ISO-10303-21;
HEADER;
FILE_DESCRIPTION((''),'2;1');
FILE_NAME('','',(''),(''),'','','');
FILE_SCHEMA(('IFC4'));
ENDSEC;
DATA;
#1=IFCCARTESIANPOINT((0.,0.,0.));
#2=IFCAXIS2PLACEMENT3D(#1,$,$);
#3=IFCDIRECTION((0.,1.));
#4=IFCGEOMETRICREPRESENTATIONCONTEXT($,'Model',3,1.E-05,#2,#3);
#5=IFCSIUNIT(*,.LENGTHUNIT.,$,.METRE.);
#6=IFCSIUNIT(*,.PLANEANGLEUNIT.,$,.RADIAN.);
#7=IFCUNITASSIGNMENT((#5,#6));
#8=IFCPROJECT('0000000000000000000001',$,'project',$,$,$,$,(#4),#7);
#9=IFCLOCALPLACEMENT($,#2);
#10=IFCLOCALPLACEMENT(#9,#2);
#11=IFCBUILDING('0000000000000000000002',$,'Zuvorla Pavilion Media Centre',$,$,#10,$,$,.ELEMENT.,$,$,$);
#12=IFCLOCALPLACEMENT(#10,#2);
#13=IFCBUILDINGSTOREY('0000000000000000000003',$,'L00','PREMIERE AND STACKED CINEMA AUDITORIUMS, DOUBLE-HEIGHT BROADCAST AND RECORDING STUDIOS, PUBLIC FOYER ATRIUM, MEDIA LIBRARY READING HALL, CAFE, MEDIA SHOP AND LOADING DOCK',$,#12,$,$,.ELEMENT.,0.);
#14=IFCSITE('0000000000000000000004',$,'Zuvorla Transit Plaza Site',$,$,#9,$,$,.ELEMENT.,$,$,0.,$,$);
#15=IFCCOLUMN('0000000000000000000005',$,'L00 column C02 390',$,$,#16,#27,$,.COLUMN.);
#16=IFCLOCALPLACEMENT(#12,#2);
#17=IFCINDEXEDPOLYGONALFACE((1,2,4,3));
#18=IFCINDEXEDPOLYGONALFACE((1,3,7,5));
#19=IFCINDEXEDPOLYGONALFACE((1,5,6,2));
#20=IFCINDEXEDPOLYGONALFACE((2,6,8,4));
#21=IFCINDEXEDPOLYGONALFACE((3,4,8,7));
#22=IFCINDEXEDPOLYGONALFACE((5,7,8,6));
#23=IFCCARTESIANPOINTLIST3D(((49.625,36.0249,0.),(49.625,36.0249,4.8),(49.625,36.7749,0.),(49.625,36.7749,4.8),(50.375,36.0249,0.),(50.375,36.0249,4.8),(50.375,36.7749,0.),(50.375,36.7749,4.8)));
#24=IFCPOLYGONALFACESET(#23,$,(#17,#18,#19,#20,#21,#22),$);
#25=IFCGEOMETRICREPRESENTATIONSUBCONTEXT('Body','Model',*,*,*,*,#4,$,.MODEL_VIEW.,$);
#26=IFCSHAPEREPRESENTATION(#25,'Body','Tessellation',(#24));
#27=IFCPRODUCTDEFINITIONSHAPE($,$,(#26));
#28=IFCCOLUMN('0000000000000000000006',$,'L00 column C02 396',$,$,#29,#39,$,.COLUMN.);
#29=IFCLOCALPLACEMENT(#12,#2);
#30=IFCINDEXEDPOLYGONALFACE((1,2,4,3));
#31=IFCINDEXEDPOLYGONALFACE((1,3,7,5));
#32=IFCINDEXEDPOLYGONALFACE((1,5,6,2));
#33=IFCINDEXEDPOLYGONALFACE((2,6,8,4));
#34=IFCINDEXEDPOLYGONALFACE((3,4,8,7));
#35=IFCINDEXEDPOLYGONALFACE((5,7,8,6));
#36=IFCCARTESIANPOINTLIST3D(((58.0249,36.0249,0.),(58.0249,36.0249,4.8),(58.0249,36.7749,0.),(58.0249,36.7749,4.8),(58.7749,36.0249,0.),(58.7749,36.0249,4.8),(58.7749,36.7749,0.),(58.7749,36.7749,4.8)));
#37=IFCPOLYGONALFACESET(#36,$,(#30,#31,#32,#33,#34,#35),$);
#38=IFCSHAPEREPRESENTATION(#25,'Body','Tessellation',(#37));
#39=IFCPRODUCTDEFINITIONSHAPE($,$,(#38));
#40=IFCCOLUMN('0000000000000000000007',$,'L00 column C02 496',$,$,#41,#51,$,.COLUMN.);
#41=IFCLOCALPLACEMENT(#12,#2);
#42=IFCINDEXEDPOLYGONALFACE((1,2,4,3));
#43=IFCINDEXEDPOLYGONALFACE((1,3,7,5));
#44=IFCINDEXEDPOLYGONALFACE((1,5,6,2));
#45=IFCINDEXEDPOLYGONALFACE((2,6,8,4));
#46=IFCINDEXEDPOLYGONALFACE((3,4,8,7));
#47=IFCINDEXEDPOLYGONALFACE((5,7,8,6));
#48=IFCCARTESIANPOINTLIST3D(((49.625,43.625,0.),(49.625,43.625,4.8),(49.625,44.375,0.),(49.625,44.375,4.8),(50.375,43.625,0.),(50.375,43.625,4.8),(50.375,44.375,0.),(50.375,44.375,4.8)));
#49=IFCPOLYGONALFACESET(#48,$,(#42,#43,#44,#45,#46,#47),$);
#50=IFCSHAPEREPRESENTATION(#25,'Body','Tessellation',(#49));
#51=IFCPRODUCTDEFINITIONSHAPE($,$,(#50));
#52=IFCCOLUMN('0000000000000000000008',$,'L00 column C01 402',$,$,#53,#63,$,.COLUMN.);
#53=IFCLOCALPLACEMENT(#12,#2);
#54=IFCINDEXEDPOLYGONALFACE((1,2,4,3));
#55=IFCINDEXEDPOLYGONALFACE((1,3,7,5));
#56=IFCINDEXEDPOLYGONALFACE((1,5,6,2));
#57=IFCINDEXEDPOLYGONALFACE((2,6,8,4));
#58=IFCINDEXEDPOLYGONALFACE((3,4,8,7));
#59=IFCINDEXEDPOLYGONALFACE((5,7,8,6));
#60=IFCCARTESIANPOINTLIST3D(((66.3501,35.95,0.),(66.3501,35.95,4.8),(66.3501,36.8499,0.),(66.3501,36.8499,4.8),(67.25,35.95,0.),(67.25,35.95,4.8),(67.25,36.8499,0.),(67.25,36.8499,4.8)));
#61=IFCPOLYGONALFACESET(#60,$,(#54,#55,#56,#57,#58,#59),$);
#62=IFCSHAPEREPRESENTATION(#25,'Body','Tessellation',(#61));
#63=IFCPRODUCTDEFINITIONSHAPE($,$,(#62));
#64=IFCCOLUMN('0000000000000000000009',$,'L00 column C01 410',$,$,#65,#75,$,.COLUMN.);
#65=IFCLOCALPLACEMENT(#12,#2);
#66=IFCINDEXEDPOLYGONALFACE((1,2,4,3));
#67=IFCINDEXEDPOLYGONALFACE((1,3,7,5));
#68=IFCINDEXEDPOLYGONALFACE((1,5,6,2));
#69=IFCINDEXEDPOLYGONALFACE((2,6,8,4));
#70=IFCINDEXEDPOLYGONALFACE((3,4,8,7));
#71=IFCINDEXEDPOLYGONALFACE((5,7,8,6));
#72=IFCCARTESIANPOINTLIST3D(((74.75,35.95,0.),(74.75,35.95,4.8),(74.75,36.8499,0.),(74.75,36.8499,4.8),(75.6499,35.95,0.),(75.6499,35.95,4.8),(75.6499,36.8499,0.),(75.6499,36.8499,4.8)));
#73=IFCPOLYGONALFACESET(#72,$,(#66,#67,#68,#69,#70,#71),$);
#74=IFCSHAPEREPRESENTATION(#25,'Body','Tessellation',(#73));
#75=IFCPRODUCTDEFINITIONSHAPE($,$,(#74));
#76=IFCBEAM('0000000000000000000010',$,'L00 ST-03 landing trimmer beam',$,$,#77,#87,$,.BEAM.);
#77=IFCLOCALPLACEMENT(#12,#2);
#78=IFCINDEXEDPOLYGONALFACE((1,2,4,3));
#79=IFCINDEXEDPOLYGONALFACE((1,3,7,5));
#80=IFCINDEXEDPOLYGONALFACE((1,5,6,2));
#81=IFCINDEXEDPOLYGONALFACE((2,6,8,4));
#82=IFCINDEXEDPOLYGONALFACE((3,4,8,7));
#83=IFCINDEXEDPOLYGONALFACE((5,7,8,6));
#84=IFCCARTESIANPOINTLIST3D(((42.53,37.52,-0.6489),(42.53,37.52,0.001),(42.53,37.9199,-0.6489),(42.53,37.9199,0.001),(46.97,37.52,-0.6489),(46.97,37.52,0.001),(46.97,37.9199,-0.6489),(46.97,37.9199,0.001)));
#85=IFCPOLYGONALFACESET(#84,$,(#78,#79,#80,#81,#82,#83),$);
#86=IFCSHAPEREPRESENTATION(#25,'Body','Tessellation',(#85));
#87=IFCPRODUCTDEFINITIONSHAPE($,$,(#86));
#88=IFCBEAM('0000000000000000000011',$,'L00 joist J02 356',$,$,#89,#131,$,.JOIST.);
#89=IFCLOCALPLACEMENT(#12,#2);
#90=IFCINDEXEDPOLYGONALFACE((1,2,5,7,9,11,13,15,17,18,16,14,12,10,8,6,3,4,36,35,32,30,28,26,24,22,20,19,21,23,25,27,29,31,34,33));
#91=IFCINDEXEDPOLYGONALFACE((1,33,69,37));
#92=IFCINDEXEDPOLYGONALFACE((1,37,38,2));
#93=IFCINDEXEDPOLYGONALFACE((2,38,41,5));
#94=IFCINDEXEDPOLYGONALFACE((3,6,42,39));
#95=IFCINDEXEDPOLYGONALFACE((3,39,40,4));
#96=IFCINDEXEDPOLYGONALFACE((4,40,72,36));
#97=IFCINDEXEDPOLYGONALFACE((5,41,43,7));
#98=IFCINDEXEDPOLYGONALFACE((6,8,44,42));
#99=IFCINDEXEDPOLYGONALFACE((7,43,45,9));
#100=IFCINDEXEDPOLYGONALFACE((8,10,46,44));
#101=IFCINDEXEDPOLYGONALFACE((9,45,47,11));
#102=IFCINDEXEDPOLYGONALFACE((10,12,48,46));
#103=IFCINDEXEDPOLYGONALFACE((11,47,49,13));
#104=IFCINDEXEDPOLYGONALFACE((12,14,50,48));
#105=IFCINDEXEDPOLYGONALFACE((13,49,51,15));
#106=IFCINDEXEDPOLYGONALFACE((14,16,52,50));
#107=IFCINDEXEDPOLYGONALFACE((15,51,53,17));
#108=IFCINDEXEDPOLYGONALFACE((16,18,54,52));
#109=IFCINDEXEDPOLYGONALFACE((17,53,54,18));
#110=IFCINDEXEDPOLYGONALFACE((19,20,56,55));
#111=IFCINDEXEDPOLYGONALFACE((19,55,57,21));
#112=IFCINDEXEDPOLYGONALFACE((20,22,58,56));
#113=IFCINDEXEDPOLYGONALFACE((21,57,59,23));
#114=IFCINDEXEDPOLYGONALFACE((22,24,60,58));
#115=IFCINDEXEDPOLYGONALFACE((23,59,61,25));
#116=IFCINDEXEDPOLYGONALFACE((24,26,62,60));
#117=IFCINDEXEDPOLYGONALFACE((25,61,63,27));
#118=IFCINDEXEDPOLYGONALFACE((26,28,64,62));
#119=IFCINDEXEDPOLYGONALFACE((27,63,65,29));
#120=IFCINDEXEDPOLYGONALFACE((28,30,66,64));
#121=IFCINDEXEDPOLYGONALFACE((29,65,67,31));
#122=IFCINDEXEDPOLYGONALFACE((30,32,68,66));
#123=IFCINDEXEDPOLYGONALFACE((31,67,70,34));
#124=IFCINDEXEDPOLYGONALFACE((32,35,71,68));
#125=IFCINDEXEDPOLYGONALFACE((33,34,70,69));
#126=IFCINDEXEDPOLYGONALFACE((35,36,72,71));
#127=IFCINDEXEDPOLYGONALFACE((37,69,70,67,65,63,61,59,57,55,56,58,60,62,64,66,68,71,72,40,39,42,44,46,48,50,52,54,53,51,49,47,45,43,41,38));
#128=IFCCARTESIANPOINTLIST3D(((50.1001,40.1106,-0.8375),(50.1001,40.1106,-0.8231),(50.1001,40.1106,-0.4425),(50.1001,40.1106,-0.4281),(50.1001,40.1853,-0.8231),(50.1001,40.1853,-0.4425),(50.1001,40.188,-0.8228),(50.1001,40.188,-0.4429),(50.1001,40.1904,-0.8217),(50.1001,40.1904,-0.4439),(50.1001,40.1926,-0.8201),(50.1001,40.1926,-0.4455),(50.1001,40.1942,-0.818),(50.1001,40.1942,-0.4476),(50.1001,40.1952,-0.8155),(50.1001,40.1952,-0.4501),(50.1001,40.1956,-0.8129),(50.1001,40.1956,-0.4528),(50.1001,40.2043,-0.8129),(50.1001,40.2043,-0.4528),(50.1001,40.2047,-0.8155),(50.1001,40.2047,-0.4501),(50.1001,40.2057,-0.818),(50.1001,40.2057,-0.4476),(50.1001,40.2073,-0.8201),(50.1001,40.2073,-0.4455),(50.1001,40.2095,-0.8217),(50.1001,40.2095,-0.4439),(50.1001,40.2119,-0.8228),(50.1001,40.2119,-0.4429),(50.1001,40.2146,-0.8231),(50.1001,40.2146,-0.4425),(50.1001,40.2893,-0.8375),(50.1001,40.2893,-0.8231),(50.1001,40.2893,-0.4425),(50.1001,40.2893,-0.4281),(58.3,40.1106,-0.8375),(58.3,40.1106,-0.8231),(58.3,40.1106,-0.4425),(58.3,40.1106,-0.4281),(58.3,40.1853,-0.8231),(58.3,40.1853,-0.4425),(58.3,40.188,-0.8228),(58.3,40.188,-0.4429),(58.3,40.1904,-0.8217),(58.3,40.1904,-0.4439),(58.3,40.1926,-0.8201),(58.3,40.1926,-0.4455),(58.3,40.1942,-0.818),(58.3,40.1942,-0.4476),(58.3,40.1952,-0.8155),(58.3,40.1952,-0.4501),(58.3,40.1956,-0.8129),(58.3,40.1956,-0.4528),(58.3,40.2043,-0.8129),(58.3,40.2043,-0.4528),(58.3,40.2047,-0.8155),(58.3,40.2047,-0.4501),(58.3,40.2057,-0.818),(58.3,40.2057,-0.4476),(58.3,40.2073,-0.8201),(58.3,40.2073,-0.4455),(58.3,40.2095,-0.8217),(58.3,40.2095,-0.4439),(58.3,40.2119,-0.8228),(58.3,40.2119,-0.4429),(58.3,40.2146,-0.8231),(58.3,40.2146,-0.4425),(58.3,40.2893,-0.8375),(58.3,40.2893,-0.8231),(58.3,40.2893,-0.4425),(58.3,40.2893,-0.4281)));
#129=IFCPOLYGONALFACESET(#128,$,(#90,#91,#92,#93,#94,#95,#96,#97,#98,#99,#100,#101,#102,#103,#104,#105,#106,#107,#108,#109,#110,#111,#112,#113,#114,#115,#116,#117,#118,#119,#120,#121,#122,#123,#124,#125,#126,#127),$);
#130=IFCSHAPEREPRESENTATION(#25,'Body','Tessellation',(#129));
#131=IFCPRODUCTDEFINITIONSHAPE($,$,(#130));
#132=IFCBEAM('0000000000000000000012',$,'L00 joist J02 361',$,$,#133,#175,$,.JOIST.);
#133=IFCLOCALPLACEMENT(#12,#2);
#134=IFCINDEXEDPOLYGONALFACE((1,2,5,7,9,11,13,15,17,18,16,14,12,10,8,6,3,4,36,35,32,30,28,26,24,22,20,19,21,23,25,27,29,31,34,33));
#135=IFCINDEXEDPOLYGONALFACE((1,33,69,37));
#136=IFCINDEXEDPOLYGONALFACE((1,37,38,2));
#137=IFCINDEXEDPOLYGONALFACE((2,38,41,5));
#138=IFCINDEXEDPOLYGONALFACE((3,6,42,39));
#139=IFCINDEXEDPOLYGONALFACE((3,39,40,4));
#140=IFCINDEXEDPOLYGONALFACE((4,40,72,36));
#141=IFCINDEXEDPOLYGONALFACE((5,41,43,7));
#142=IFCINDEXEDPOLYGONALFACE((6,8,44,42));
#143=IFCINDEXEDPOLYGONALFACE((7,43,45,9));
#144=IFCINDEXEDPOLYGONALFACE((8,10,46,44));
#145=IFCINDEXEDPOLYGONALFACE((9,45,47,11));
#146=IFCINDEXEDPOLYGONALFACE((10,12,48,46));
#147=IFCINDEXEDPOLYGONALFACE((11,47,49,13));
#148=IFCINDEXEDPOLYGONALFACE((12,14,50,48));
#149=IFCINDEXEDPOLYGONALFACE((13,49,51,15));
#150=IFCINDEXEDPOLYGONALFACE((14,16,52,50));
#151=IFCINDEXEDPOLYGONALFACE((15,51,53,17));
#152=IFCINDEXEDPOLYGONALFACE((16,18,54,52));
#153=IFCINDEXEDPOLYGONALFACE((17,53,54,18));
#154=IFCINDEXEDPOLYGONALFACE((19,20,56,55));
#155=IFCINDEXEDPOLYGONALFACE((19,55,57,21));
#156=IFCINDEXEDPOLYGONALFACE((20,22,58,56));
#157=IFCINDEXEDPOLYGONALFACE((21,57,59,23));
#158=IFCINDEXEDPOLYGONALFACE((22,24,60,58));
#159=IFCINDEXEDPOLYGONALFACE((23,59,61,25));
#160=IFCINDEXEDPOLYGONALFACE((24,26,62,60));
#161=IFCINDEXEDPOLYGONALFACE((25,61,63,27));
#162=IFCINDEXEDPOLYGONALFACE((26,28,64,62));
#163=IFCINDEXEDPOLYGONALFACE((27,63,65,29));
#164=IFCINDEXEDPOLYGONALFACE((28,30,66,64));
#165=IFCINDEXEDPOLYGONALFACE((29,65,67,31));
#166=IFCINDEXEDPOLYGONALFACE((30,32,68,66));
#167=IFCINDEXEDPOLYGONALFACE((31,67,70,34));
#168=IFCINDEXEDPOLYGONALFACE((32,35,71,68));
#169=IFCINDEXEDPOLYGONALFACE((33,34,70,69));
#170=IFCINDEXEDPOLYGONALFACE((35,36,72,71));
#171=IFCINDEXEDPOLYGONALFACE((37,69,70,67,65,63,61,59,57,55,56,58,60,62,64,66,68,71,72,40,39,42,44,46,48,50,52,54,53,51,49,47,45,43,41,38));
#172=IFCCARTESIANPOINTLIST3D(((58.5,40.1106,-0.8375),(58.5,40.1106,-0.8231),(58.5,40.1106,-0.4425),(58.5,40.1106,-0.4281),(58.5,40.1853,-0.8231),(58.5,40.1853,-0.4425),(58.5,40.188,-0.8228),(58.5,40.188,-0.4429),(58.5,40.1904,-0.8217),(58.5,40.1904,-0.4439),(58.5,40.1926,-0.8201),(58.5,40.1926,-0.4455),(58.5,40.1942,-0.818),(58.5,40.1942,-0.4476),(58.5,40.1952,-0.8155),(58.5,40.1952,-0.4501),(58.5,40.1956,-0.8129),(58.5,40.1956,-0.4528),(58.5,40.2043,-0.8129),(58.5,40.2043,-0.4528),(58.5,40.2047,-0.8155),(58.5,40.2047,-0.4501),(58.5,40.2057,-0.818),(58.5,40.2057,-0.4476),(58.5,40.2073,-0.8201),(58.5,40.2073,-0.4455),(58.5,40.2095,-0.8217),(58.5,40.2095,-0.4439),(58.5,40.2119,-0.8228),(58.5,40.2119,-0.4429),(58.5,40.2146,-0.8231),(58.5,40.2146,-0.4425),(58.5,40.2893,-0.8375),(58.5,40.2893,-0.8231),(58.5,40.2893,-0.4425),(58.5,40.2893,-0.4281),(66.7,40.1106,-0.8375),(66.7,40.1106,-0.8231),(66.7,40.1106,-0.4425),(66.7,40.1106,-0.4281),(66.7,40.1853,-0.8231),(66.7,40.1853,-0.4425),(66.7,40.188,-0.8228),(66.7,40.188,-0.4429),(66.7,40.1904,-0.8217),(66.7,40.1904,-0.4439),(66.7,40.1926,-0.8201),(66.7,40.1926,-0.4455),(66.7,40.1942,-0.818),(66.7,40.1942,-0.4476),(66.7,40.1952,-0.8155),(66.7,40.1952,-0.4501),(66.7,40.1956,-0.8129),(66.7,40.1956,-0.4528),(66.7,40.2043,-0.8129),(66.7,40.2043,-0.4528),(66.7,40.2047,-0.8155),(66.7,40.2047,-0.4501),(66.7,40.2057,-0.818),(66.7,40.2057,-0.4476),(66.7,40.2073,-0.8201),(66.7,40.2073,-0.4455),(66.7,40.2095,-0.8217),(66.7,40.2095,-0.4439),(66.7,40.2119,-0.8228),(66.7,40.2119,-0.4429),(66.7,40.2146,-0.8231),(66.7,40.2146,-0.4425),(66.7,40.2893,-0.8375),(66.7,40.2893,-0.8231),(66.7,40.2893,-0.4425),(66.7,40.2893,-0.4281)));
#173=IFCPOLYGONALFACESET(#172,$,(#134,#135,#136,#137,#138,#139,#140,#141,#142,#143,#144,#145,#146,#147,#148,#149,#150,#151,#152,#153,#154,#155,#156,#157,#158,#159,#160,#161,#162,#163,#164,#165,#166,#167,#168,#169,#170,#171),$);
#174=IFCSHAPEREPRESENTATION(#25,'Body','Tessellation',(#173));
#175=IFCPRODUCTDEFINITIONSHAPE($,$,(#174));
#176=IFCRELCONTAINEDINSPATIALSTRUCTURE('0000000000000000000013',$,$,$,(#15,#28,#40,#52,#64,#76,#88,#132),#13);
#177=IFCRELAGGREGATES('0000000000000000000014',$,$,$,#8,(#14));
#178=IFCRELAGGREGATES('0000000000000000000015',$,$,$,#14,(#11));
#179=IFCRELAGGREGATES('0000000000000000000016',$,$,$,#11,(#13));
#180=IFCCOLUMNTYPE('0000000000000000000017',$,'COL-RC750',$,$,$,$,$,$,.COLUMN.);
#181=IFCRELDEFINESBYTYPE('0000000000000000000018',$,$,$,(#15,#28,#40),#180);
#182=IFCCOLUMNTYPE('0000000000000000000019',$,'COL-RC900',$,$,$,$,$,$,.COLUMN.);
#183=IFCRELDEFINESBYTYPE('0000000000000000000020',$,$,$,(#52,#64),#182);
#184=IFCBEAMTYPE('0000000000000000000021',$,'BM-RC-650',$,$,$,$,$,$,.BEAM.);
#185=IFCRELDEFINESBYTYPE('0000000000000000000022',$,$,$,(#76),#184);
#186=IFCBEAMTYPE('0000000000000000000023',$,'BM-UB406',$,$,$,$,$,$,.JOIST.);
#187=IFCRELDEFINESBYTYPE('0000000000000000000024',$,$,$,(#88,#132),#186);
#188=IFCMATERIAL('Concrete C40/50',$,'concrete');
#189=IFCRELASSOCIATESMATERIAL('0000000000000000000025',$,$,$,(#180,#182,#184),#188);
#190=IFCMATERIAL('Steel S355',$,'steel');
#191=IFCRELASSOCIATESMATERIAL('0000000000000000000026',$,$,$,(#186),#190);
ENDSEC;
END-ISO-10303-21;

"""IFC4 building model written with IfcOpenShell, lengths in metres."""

from ifc_helpers import new_model, si_unit, direction, frame, origin, origin_2d, place, context, subcontext, project, spatial, rectangle, i_section, extrude, material, material_profile, profile_set, type_object, element, save


model = new_model("IFC4")

# Units and contexts
model_context = context("Model", 3, precision=1e-05, world=origin(), true_north=direction((0.0, 1.0)))
body_context = subcontext(model_context, "Body", "Model", "MODEL_VIEW")
ifc_project = project(units=[si_unit("LENGTHUNIT", "METRE"), si_unit("PLANEANGLEUNIT", "RADIAN")], contexts=[model_context])

# Site, building, storey
site_placement = place(None, origin())
site = spatial("IfcSite", under=ifc_project, at=site_placement, Name="Zuvorla Transit Plaza Site", CompositionType="ELEMENT", RefElevation=0.0)
building_placement = place(site_placement, origin())
building = spatial("IfcBuilding", under=site, at=building_placement, Name="Zuvorla Pavilion Media Centre", CompositionType="ELEMENT")
storey_placement = place(building_placement, origin())
storey = spatial("IfcBuildingStorey", under=building, at=storey_placement, Name="L00", Description="PREMIERE AND STACKED CINEMA AUDITORIUMS, DOUBLE-HEIGHT BROADCAST AND RECORDING STUDIOS, PUBLIC FOYER ATRIUM, MEDIA LIBRARY READING HALL, CAFE, MEDIA SHOP AND LOADING DOCK", CompositionType="ELEMENT", Elevation=0.0)

# Columns
ifc_material_1 = material(Name="Concrete C40/50", Category="concrete")
ifc_material_profile_1 = material_profile(ifc_material_1, rectangle(XDim=0.75, YDim=0.75, at=origin_2d()), Name="RC 750x750")
ifc_profile_set_1 = profile_set([ifc_material_profile_1], Name="Concrete C40/50")
column_type_1 = type_object("IfcColumnType", Name="COL-RC750", PredefinedType="COLUMN", material=ifc_profile_set_1)
for number, where, z_axis, x_axis, name in (
    (1, (50.0, 36.3999, 0.0), (0.0, 0.0, 1.0), (1.0, 0.0, 0.0), "L00 column C02 390"),
    (2, (58.3999, 36.3999, 0.0), (0.0, 0.0, 1.0), (1.0, 0.0, 0.0), "L00 column C02 396"),
    (3, (50.0, 44.0, 0.0), (0.0, 0.0, 1.0), (1.0, 0.0, 0.0), "L00 column C02 496"),
):
    element("IfcColumn", number, at=place(storey_placement, frame(where, z_axis=z_axis, x_axis=x_axis)), inside=storey, type_object=column_type_1, Name=name, PredefinedType="COLUMN", context=body_context, shape_type="SweptSolid", body=[
        extrude(rectangle(XDim=0.75, YDim=0.75, at=origin_2d()), origin(), (0.0, 0.0, 1.0), 4.8),
    ])
ifc_material_profile_2 = material_profile(ifc_material_1, rectangle(XDim=0.8999, YDim=0.8999, at=origin_2d()), Name="RC 900x900")
ifc_profile_set_2 = profile_set([ifc_material_profile_2], Name="Concrete C40/50")
column_type_2 = type_object("IfcColumnType", Name="COL-RC900", PredefinedType="COLUMN", material=ifc_profile_set_2)
for number, where, z_axis, x_axis, name in (
    (4, (66.8, 36.3999, 0.0), (0.0, 0.0, 1.0), (1.0, 0.0, 0.0), "L00 column C01 402"),
    (5, (75.2, 36.3999, 0.0), (0.0, 0.0, 1.0), (1.0, 0.0, 0.0), "L00 column C01 410"),
):
    element("IfcColumn", number, at=place(storey_placement, frame(where, z_axis=z_axis, x_axis=x_axis)), inside=storey, type_object=column_type_2, Name=name, PredefinedType="COLUMN", context=body_context, shape_type="SweptSolid", body=[
        extrude(rectangle(XDim=0.8999, YDim=0.8999, at=origin_2d()), origin(), (0.0, 0.0, 1.0), 4.8),
    ])

# Beams
ifc_material_profile_3 = material_profile(ifc_material_1, rectangle(XDim=0.3999, YDim=0.6499, at=origin_2d()), Name="RC 400x650")
ifc_profile_set_3 = profile_set([ifc_material_profile_3], Name="Concrete C40/50")
beam_type_1 = type_object("IfcBeamType", Name="BM-RC-650", PredefinedType="BEAM", material=ifc_profile_set_3)
beam_1_placement = place(storey_placement, frame((42.53, 37.72, -0.324), z_axis=(1.0, 0.0, 0.0), x_axis=(0.0, 1.0, 0.0)))
element("IfcBeam", 6, at=beam_1_placement, inside=storey, type_object=beam_type_1, Name="L00 ST-03 landing trimmer beam", PredefinedType="BEAM", context=body_context, shape_type="SweptSolid", body=[
    extrude(rectangle(XDim=0.3999, YDim=0.6499, at=origin_2d()), origin(), (0.0, 0.0, 1.0), 4.4399),
])
ifc_material_2 = material(Name="Steel S355", Category="steel")
ifc_material_profile_4 = material_profile(ifc_material_2, i_section(OverallWidth=0.1787, OverallDepth=0.4094, WebThickness=0.0088, FlangeThickness=0.0144, FilletRadius=0.0103, at=origin_2d()), Name="UB 406x178x67")
ifc_profile_set_4 = profile_set([ifc_material_profile_4], Name="Steel S355")
beam_type_2 = type_object("IfcBeamType", Name="BM-UB406", PredefinedType="JOIST", material=ifc_profile_set_4)
for number, where, z_axis, x_axis, name in (
    (7, (50.1001, 40.2, -0.6328), (1.0, 0.0, 0.0), (0.0, 1.0, 0.0), "L00 joist J02 356"),
    (8, (58.5, 40.2, -0.6328), (1.0, 0.0, 0.0), (0.0, 1.0, 0.0), "L00 joist J02 361"),
):
    element("IfcBeam", number, at=place(storey_placement, frame(where, z_axis=z_axis, x_axis=x_axis)), inside=storey, type_object=beam_type_2, Name=name, PredefinedType="JOIST", context=body_context, shape_type="SweptSolid", body=[
        extrude(i_section(OverallWidth=0.1787, OverallDepth=0.4094, WebThickness=0.0088, FlangeThickness=0.0144, FilletRadius=0.0103, at=origin_2d()), origin(), (0.0, 0.0, 1.0), 8.2),
    ])

save(model, "model.ifc")
